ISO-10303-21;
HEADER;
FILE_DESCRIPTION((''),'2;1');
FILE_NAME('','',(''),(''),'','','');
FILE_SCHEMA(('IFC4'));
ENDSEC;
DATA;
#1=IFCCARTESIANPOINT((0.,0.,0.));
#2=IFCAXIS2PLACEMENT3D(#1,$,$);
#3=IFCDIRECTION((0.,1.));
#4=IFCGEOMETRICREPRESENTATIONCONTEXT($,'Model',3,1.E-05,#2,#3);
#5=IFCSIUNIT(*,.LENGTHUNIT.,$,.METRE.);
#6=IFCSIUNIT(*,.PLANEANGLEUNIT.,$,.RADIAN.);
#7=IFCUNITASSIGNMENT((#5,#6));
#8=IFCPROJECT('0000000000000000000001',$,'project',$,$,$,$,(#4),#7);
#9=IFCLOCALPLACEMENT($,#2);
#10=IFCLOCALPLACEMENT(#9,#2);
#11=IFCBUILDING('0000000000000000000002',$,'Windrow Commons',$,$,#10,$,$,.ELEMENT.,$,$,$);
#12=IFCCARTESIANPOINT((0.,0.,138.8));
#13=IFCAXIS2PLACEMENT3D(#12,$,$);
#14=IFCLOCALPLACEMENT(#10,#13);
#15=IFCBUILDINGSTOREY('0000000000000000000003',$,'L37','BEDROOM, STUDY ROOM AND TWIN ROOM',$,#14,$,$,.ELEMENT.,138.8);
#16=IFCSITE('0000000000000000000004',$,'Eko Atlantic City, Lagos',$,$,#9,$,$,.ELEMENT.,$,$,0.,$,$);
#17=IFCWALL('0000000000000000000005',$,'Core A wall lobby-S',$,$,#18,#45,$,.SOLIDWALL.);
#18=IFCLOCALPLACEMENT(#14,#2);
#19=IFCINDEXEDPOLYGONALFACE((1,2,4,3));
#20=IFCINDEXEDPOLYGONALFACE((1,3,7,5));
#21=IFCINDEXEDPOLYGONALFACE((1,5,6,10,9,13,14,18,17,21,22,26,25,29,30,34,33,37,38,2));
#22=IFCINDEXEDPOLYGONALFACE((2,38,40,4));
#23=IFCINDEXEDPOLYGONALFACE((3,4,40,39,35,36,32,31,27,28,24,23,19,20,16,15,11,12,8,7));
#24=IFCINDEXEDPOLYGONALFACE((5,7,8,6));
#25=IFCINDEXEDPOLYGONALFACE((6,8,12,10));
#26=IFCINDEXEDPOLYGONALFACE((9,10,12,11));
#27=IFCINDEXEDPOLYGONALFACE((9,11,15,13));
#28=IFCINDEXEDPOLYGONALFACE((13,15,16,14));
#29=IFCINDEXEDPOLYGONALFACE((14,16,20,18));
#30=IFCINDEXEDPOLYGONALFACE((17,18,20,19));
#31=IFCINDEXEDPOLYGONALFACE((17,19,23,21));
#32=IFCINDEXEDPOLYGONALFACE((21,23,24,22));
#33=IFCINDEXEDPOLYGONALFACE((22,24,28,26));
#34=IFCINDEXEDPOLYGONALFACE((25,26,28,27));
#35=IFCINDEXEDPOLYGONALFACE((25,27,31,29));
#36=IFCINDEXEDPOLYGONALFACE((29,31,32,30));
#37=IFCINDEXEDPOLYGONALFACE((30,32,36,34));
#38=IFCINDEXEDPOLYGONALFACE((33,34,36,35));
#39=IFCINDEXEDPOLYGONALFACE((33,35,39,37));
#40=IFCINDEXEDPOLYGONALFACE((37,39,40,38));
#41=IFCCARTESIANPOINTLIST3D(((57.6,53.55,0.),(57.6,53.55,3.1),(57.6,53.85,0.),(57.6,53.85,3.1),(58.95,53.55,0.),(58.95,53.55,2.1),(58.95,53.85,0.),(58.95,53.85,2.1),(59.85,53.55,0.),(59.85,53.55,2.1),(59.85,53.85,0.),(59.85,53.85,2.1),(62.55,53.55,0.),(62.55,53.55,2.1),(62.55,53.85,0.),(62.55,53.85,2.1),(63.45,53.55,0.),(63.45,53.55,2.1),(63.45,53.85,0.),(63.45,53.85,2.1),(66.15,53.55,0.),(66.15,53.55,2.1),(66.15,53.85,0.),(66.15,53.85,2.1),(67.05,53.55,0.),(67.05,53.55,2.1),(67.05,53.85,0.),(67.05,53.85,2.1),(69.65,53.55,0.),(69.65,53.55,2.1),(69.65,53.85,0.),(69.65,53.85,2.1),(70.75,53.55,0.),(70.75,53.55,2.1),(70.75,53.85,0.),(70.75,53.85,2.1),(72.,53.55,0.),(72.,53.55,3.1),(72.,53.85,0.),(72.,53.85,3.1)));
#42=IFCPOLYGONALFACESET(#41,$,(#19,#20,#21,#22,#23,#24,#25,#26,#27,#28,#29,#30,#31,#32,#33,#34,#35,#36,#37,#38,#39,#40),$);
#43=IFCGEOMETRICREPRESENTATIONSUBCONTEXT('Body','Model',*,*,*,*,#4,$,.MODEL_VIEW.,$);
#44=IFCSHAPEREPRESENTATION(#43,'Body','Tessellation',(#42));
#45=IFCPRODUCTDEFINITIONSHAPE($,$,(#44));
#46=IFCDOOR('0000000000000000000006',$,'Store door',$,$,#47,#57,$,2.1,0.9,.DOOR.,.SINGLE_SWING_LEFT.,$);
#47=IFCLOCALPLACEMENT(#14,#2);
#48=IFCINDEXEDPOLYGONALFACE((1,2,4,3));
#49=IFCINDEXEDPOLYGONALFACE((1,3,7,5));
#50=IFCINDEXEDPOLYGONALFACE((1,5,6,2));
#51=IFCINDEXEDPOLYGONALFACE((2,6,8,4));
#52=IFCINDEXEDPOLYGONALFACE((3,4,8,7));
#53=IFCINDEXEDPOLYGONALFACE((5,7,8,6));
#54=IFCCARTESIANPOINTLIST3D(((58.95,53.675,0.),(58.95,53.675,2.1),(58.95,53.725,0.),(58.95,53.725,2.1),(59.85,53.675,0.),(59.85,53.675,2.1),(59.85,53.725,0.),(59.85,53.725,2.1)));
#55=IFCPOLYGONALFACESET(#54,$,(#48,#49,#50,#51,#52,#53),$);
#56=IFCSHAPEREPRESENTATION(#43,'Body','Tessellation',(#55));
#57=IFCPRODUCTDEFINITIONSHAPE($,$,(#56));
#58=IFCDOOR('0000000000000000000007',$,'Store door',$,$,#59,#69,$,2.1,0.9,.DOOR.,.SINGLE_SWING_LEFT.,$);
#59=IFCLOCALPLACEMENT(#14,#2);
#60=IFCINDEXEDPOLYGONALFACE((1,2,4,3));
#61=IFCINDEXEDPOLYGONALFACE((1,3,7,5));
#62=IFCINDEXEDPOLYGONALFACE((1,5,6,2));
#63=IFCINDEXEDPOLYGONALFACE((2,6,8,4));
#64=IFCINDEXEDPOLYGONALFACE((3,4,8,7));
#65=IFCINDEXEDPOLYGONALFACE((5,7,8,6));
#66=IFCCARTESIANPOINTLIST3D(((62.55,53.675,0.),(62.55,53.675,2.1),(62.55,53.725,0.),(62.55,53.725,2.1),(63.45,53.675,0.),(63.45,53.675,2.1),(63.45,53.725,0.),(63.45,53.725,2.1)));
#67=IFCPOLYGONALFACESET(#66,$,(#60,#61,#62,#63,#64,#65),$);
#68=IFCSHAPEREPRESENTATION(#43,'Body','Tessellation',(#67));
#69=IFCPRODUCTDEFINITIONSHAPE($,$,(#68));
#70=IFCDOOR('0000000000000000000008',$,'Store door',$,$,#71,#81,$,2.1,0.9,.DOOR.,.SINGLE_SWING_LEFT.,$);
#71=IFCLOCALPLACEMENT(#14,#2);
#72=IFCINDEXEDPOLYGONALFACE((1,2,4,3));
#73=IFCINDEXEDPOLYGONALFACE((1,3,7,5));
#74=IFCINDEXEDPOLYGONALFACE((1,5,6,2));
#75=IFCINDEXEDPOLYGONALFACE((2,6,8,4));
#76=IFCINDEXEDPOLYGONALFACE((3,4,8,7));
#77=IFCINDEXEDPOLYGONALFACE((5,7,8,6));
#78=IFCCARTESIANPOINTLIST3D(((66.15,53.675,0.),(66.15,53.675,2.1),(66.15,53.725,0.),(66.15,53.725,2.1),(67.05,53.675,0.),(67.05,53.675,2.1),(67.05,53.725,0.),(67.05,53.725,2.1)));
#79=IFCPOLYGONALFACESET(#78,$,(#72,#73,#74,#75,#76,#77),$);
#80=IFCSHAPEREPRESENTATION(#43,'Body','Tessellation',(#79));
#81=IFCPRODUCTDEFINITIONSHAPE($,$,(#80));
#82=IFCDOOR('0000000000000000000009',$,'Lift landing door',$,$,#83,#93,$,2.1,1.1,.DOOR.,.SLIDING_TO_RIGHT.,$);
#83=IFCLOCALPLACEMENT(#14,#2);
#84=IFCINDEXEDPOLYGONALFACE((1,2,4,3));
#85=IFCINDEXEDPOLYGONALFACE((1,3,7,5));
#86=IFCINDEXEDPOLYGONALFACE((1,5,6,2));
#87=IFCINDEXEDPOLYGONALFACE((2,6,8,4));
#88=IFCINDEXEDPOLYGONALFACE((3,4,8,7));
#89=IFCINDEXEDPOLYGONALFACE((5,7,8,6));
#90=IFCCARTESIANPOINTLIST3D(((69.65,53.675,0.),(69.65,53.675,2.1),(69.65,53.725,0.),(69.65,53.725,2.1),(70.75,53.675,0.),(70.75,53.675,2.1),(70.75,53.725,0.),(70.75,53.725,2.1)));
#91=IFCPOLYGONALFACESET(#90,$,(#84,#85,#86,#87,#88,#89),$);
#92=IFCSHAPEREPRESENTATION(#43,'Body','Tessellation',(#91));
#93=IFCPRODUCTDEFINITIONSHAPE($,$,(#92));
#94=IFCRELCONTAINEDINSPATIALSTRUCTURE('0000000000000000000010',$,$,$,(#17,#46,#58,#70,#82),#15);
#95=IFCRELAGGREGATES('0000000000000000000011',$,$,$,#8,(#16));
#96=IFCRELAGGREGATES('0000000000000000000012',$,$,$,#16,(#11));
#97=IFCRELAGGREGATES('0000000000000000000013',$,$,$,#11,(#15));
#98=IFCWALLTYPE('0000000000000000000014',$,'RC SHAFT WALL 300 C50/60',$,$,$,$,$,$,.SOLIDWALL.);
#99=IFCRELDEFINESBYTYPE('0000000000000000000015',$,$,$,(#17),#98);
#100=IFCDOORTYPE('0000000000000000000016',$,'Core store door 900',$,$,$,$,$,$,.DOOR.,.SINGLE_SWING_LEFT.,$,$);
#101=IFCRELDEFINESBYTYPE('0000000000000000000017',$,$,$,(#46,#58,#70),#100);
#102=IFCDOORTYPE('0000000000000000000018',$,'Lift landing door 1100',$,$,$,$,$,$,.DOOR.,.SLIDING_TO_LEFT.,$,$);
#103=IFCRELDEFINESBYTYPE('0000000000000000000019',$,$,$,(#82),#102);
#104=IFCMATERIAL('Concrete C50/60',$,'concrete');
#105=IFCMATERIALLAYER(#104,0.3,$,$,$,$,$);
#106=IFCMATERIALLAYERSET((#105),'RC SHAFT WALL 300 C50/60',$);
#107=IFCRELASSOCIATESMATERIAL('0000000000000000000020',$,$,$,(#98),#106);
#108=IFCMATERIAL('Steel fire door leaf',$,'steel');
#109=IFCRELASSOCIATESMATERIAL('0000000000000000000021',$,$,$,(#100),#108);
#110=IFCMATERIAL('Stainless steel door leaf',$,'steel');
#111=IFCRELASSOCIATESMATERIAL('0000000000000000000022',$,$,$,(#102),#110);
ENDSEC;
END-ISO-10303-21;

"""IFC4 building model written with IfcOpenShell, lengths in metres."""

from ifc_helpers import new_model, si_unit, direction, frame, frame_2d, origin, place, context, subcontext, project, spatial, rectangle, extrude, material, layer, layer_set, type_object, element, fill, save


model = new_model("IFC4")

# Units and contexts
model_context = context("Model", 3, precision=1e-05, world=origin(), true_north=direction((0.0, 1.0)))
body_context = subcontext(model_context, "Body", "Model", "MODEL_VIEW")
ifc_project = project(units=[si_unit("LENGTHUNIT", "METRE"), si_unit("PLANEANGLEUNIT", "RADIAN")], contexts=[model_context])

# Site, building, storey
site_placement = place(None, origin())
site = spatial("IfcSite", under=ifc_project, at=site_placement, Name="Eko Atlantic City, Lagos", CompositionType="ELEMENT", RefElevation=0.0)
building_placement = place(site_placement, origin())
building = spatial("IfcBuilding", under=site, at=building_placement, Name="Windrow Commons", CompositionType="ELEMENT")
storey_placement = place(building_placement, frame((0.0, 0.0, 138.8)))
storey = spatial("IfcBuildingStorey", under=building, at=storey_placement, Name="L37", Description="BEDROOM, STUDY ROOM AND TWIN ROOM", CompositionType="ELEMENT", Elevation=138.8)

# Shared definitions
ifc_material_1 = material(Name="Concrete C50/60", Category="concrete")
ifc_layer_1 = layer(ifc_material_1, 0.3)
ifc_layer_set_1 = layer_set([ifc_layer_1], Name="RC SHAFT WALL 300 C50/60")
wall_type_1 = type_object("IfcWallType", Name="RC SHAFT WALL 300 C50/60", PredefinedType="SOLIDWALL", material=ifc_layer_set_1)

# Wall, openings, doors
wall_1_placement = place(storey_placement, frame((57.6, 53.7, 0.0), z_axis=(0.0, 0.0, 1.0), x_axis=(1.0, 0.0, 0.0)))
wall_1 = element("IfcWall", 1, at=wall_1_placement, inside=storey, type_object=wall_type_1, Name="Core A wall lobby-S", PredefinedType="SOLIDWALL", context=body_context, shape_type="SweptSolid", body=[
    extrude(rectangle(XDim=14.4, YDim=0.3, at=frame_2d((7.2, 0.0))), origin(), (0.0, 0.0, 1.0), 3.1),
])
opening_1_placement = place(wall_1_placement, frame((1.35, 0.0, 0.0)))
opening_1 = element("IfcOpeningElement", 2, at=opening_1_placement, cuts=wall_1, PredefinedType="OPENING", context=body_context, shape_type="SweptSolid", body=[
    extrude(rectangle(XDim=0.9, YDim=2.1, at=frame_2d((0.45, 1.05))), frame((0.0, 0.16, 0.0), z_axis=(0.0, -1.0, 0.0), x_axis=(1.0, 0.0, 0.0)), (0.0, 0.0, 1.0), 0.32),
])
opening_2_placement = place(wall_1_placement, frame((4.95, 0.0, 0.0)))
opening_2 = element("IfcOpeningElement", 3, at=opening_2_placement, cuts=wall_1, PredefinedType="OPENING", context=body_context, shape_type="SweptSolid", body=[
    extrude(rectangle(XDim=0.9, YDim=2.1, at=frame_2d((0.45, 1.05))), frame((0.0, 0.16, 0.0), z_axis=(0.0, -1.0, 0.0), x_axis=(1.0, 0.0, 0.0)), (0.0, 0.0, 1.0), 0.32),
])
opening_3_placement = place(wall_1_placement, frame((8.55, 0.0, 0.0)))
opening_3 = element("IfcOpeningElement", 4, at=opening_3_placement, cuts=wall_1, PredefinedType="OPENING", context=body_context, shape_type="SweptSolid", body=[
    extrude(rectangle(XDim=0.9, YDim=2.1, at=frame_2d((0.45, 1.05))), frame((0.0, 0.16, 0.0), z_axis=(0.0, -1.0, 0.0), x_axis=(1.0, 0.0, 0.0)), (0.0, 0.0, 1.0), 0.32),
])
opening_4_placement = place(wall_1_placement, frame((12.05, 0.0, 0.0)))
opening_4 = element("IfcOpeningElement", 5, at=opening_4_placement, cuts=wall_1, PredefinedType="OPENING", context=body_context, shape_type="SweptSolid", body=[
    extrude(rectangle(XDim=1.1, YDim=2.1, at=frame_2d((0.55, 1.05))), frame((0.0, 0.16, 0.0), z_axis=(0.0, -1.0, 0.0), x_axis=(1.0, 0.0, 0.0)), (0.0, 0.0, 1.0), 0.32),
])
ifc_material_2 = material(Name="Steel fire door leaf", Category="steel")
door_type_1 = type_object("IfcDoorType", Name="Core store door 900", OperationType="SINGLE_SWING_LEFT", PredefinedType="DOOR", material=ifc_material_2)
door_1_placement = place(opening_1_placement, origin())
door_1 = element("IfcDoor", 6, at=door_1_placement, inside=storey, type_object=door_type_1, Name="Store door", OperationType="SINGLE_SWING_LEFT", OverallHeight=2.1, OverallWidth=0.9, PredefinedType="DOOR", context=body_context, shape_type="SweptSolid", body=[
    extrude(rectangle(XDim=0.9, YDim=2.1, at=frame_2d((0.45, 1.05))), frame((0.0, 0.025, 0.0), z_axis=(0.0, -1.0, 0.0), x_axis=(1.0, 0.0, 0.0)), (0.0, 0.0, 1.0), 0.05),
])
fill(opening_1, door_1)
door_2_placement = place(opening_2_placement, origin())
door_2 = element("IfcDoor", 7, at=door_2_placement, inside=storey, type_object=door_type_1, Name="Store door", OperationType="SINGLE_SWING_LEFT", OverallHeight=2.1, OverallWidth=0.9, PredefinedType="DOOR", context=body_context, shape_type="SweptSolid", body=[
    extrude(rectangle(XDim=0.9, YDim=2.1, at=frame_2d((0.45, 1.05))), frame((0.0, 0.025, 0.0), z_axis=(0.0, -1.0, 0.0), x_axis=(1.0, 0.0, 0.0)), (0.0, 0.0, 1.0), 0.05),
])
fill(opening_2, door_2)
door_3_placement = place(opening_3_placement, origin())
door_3 = element("IfcDoor", 8, at=door_3_placement, inside=storey, type_object=door_type_1, Name="Store door", OperationType="SINGLE_SWING_LEFT", OverallHeight=2.1, OverallWidth=0.9, PredefinedType="DOOR", context=body_context, shape_type="SweptSolid", body=[
    extrude(rectangle(XDim=0.9, YDim=2.1, at=frame_2d((0.45, 1.05))), frame((0.0, 0.025, 0.0), z_axis=(0.0, -1.0, 0.0), x_axis=(1.0, 0.0, 0.0)), (0.0, 0.0, 1.0), 0.05),
])
fill(opening_3, door_3)
ifc_material_3 = material(Name="Stainless steel door leaf", Category="steel")
door_type_2 = type_object("IfcDoorType", Name="Lift landing door 1100", OperationType="SLIDING_TO_LEFT", PredefinedType="DOOR", material=ifc_material_3)
door_4_placement = place(opening_4_placement, origin())
door_4 = element("IfcDoor", 9, at=door_4_placement, inside=storey, type_object=door_type_2, Name="Lift landing door", OperationType="SLIDING_TO_RIGHT", OverallHeight=2.1, OverallWidth=1.1, PredefinedType="DOOR", context=body_context, shape_type="SweptSolid", body=[
    extrude(rectangle(XDim=1.1, YDim=2.1, at=frame_2d((0.55, 1.05))), frame((0.0, 0.025, 0.0), z_axis=(0.0, -1.0, 0.0), x_axis=(1.0, 0.0, 0.0)), (0.0, 0.0, 1.0), 0.05),
])
fill(opening_4, door_4)

save(model, "model.ifc")
